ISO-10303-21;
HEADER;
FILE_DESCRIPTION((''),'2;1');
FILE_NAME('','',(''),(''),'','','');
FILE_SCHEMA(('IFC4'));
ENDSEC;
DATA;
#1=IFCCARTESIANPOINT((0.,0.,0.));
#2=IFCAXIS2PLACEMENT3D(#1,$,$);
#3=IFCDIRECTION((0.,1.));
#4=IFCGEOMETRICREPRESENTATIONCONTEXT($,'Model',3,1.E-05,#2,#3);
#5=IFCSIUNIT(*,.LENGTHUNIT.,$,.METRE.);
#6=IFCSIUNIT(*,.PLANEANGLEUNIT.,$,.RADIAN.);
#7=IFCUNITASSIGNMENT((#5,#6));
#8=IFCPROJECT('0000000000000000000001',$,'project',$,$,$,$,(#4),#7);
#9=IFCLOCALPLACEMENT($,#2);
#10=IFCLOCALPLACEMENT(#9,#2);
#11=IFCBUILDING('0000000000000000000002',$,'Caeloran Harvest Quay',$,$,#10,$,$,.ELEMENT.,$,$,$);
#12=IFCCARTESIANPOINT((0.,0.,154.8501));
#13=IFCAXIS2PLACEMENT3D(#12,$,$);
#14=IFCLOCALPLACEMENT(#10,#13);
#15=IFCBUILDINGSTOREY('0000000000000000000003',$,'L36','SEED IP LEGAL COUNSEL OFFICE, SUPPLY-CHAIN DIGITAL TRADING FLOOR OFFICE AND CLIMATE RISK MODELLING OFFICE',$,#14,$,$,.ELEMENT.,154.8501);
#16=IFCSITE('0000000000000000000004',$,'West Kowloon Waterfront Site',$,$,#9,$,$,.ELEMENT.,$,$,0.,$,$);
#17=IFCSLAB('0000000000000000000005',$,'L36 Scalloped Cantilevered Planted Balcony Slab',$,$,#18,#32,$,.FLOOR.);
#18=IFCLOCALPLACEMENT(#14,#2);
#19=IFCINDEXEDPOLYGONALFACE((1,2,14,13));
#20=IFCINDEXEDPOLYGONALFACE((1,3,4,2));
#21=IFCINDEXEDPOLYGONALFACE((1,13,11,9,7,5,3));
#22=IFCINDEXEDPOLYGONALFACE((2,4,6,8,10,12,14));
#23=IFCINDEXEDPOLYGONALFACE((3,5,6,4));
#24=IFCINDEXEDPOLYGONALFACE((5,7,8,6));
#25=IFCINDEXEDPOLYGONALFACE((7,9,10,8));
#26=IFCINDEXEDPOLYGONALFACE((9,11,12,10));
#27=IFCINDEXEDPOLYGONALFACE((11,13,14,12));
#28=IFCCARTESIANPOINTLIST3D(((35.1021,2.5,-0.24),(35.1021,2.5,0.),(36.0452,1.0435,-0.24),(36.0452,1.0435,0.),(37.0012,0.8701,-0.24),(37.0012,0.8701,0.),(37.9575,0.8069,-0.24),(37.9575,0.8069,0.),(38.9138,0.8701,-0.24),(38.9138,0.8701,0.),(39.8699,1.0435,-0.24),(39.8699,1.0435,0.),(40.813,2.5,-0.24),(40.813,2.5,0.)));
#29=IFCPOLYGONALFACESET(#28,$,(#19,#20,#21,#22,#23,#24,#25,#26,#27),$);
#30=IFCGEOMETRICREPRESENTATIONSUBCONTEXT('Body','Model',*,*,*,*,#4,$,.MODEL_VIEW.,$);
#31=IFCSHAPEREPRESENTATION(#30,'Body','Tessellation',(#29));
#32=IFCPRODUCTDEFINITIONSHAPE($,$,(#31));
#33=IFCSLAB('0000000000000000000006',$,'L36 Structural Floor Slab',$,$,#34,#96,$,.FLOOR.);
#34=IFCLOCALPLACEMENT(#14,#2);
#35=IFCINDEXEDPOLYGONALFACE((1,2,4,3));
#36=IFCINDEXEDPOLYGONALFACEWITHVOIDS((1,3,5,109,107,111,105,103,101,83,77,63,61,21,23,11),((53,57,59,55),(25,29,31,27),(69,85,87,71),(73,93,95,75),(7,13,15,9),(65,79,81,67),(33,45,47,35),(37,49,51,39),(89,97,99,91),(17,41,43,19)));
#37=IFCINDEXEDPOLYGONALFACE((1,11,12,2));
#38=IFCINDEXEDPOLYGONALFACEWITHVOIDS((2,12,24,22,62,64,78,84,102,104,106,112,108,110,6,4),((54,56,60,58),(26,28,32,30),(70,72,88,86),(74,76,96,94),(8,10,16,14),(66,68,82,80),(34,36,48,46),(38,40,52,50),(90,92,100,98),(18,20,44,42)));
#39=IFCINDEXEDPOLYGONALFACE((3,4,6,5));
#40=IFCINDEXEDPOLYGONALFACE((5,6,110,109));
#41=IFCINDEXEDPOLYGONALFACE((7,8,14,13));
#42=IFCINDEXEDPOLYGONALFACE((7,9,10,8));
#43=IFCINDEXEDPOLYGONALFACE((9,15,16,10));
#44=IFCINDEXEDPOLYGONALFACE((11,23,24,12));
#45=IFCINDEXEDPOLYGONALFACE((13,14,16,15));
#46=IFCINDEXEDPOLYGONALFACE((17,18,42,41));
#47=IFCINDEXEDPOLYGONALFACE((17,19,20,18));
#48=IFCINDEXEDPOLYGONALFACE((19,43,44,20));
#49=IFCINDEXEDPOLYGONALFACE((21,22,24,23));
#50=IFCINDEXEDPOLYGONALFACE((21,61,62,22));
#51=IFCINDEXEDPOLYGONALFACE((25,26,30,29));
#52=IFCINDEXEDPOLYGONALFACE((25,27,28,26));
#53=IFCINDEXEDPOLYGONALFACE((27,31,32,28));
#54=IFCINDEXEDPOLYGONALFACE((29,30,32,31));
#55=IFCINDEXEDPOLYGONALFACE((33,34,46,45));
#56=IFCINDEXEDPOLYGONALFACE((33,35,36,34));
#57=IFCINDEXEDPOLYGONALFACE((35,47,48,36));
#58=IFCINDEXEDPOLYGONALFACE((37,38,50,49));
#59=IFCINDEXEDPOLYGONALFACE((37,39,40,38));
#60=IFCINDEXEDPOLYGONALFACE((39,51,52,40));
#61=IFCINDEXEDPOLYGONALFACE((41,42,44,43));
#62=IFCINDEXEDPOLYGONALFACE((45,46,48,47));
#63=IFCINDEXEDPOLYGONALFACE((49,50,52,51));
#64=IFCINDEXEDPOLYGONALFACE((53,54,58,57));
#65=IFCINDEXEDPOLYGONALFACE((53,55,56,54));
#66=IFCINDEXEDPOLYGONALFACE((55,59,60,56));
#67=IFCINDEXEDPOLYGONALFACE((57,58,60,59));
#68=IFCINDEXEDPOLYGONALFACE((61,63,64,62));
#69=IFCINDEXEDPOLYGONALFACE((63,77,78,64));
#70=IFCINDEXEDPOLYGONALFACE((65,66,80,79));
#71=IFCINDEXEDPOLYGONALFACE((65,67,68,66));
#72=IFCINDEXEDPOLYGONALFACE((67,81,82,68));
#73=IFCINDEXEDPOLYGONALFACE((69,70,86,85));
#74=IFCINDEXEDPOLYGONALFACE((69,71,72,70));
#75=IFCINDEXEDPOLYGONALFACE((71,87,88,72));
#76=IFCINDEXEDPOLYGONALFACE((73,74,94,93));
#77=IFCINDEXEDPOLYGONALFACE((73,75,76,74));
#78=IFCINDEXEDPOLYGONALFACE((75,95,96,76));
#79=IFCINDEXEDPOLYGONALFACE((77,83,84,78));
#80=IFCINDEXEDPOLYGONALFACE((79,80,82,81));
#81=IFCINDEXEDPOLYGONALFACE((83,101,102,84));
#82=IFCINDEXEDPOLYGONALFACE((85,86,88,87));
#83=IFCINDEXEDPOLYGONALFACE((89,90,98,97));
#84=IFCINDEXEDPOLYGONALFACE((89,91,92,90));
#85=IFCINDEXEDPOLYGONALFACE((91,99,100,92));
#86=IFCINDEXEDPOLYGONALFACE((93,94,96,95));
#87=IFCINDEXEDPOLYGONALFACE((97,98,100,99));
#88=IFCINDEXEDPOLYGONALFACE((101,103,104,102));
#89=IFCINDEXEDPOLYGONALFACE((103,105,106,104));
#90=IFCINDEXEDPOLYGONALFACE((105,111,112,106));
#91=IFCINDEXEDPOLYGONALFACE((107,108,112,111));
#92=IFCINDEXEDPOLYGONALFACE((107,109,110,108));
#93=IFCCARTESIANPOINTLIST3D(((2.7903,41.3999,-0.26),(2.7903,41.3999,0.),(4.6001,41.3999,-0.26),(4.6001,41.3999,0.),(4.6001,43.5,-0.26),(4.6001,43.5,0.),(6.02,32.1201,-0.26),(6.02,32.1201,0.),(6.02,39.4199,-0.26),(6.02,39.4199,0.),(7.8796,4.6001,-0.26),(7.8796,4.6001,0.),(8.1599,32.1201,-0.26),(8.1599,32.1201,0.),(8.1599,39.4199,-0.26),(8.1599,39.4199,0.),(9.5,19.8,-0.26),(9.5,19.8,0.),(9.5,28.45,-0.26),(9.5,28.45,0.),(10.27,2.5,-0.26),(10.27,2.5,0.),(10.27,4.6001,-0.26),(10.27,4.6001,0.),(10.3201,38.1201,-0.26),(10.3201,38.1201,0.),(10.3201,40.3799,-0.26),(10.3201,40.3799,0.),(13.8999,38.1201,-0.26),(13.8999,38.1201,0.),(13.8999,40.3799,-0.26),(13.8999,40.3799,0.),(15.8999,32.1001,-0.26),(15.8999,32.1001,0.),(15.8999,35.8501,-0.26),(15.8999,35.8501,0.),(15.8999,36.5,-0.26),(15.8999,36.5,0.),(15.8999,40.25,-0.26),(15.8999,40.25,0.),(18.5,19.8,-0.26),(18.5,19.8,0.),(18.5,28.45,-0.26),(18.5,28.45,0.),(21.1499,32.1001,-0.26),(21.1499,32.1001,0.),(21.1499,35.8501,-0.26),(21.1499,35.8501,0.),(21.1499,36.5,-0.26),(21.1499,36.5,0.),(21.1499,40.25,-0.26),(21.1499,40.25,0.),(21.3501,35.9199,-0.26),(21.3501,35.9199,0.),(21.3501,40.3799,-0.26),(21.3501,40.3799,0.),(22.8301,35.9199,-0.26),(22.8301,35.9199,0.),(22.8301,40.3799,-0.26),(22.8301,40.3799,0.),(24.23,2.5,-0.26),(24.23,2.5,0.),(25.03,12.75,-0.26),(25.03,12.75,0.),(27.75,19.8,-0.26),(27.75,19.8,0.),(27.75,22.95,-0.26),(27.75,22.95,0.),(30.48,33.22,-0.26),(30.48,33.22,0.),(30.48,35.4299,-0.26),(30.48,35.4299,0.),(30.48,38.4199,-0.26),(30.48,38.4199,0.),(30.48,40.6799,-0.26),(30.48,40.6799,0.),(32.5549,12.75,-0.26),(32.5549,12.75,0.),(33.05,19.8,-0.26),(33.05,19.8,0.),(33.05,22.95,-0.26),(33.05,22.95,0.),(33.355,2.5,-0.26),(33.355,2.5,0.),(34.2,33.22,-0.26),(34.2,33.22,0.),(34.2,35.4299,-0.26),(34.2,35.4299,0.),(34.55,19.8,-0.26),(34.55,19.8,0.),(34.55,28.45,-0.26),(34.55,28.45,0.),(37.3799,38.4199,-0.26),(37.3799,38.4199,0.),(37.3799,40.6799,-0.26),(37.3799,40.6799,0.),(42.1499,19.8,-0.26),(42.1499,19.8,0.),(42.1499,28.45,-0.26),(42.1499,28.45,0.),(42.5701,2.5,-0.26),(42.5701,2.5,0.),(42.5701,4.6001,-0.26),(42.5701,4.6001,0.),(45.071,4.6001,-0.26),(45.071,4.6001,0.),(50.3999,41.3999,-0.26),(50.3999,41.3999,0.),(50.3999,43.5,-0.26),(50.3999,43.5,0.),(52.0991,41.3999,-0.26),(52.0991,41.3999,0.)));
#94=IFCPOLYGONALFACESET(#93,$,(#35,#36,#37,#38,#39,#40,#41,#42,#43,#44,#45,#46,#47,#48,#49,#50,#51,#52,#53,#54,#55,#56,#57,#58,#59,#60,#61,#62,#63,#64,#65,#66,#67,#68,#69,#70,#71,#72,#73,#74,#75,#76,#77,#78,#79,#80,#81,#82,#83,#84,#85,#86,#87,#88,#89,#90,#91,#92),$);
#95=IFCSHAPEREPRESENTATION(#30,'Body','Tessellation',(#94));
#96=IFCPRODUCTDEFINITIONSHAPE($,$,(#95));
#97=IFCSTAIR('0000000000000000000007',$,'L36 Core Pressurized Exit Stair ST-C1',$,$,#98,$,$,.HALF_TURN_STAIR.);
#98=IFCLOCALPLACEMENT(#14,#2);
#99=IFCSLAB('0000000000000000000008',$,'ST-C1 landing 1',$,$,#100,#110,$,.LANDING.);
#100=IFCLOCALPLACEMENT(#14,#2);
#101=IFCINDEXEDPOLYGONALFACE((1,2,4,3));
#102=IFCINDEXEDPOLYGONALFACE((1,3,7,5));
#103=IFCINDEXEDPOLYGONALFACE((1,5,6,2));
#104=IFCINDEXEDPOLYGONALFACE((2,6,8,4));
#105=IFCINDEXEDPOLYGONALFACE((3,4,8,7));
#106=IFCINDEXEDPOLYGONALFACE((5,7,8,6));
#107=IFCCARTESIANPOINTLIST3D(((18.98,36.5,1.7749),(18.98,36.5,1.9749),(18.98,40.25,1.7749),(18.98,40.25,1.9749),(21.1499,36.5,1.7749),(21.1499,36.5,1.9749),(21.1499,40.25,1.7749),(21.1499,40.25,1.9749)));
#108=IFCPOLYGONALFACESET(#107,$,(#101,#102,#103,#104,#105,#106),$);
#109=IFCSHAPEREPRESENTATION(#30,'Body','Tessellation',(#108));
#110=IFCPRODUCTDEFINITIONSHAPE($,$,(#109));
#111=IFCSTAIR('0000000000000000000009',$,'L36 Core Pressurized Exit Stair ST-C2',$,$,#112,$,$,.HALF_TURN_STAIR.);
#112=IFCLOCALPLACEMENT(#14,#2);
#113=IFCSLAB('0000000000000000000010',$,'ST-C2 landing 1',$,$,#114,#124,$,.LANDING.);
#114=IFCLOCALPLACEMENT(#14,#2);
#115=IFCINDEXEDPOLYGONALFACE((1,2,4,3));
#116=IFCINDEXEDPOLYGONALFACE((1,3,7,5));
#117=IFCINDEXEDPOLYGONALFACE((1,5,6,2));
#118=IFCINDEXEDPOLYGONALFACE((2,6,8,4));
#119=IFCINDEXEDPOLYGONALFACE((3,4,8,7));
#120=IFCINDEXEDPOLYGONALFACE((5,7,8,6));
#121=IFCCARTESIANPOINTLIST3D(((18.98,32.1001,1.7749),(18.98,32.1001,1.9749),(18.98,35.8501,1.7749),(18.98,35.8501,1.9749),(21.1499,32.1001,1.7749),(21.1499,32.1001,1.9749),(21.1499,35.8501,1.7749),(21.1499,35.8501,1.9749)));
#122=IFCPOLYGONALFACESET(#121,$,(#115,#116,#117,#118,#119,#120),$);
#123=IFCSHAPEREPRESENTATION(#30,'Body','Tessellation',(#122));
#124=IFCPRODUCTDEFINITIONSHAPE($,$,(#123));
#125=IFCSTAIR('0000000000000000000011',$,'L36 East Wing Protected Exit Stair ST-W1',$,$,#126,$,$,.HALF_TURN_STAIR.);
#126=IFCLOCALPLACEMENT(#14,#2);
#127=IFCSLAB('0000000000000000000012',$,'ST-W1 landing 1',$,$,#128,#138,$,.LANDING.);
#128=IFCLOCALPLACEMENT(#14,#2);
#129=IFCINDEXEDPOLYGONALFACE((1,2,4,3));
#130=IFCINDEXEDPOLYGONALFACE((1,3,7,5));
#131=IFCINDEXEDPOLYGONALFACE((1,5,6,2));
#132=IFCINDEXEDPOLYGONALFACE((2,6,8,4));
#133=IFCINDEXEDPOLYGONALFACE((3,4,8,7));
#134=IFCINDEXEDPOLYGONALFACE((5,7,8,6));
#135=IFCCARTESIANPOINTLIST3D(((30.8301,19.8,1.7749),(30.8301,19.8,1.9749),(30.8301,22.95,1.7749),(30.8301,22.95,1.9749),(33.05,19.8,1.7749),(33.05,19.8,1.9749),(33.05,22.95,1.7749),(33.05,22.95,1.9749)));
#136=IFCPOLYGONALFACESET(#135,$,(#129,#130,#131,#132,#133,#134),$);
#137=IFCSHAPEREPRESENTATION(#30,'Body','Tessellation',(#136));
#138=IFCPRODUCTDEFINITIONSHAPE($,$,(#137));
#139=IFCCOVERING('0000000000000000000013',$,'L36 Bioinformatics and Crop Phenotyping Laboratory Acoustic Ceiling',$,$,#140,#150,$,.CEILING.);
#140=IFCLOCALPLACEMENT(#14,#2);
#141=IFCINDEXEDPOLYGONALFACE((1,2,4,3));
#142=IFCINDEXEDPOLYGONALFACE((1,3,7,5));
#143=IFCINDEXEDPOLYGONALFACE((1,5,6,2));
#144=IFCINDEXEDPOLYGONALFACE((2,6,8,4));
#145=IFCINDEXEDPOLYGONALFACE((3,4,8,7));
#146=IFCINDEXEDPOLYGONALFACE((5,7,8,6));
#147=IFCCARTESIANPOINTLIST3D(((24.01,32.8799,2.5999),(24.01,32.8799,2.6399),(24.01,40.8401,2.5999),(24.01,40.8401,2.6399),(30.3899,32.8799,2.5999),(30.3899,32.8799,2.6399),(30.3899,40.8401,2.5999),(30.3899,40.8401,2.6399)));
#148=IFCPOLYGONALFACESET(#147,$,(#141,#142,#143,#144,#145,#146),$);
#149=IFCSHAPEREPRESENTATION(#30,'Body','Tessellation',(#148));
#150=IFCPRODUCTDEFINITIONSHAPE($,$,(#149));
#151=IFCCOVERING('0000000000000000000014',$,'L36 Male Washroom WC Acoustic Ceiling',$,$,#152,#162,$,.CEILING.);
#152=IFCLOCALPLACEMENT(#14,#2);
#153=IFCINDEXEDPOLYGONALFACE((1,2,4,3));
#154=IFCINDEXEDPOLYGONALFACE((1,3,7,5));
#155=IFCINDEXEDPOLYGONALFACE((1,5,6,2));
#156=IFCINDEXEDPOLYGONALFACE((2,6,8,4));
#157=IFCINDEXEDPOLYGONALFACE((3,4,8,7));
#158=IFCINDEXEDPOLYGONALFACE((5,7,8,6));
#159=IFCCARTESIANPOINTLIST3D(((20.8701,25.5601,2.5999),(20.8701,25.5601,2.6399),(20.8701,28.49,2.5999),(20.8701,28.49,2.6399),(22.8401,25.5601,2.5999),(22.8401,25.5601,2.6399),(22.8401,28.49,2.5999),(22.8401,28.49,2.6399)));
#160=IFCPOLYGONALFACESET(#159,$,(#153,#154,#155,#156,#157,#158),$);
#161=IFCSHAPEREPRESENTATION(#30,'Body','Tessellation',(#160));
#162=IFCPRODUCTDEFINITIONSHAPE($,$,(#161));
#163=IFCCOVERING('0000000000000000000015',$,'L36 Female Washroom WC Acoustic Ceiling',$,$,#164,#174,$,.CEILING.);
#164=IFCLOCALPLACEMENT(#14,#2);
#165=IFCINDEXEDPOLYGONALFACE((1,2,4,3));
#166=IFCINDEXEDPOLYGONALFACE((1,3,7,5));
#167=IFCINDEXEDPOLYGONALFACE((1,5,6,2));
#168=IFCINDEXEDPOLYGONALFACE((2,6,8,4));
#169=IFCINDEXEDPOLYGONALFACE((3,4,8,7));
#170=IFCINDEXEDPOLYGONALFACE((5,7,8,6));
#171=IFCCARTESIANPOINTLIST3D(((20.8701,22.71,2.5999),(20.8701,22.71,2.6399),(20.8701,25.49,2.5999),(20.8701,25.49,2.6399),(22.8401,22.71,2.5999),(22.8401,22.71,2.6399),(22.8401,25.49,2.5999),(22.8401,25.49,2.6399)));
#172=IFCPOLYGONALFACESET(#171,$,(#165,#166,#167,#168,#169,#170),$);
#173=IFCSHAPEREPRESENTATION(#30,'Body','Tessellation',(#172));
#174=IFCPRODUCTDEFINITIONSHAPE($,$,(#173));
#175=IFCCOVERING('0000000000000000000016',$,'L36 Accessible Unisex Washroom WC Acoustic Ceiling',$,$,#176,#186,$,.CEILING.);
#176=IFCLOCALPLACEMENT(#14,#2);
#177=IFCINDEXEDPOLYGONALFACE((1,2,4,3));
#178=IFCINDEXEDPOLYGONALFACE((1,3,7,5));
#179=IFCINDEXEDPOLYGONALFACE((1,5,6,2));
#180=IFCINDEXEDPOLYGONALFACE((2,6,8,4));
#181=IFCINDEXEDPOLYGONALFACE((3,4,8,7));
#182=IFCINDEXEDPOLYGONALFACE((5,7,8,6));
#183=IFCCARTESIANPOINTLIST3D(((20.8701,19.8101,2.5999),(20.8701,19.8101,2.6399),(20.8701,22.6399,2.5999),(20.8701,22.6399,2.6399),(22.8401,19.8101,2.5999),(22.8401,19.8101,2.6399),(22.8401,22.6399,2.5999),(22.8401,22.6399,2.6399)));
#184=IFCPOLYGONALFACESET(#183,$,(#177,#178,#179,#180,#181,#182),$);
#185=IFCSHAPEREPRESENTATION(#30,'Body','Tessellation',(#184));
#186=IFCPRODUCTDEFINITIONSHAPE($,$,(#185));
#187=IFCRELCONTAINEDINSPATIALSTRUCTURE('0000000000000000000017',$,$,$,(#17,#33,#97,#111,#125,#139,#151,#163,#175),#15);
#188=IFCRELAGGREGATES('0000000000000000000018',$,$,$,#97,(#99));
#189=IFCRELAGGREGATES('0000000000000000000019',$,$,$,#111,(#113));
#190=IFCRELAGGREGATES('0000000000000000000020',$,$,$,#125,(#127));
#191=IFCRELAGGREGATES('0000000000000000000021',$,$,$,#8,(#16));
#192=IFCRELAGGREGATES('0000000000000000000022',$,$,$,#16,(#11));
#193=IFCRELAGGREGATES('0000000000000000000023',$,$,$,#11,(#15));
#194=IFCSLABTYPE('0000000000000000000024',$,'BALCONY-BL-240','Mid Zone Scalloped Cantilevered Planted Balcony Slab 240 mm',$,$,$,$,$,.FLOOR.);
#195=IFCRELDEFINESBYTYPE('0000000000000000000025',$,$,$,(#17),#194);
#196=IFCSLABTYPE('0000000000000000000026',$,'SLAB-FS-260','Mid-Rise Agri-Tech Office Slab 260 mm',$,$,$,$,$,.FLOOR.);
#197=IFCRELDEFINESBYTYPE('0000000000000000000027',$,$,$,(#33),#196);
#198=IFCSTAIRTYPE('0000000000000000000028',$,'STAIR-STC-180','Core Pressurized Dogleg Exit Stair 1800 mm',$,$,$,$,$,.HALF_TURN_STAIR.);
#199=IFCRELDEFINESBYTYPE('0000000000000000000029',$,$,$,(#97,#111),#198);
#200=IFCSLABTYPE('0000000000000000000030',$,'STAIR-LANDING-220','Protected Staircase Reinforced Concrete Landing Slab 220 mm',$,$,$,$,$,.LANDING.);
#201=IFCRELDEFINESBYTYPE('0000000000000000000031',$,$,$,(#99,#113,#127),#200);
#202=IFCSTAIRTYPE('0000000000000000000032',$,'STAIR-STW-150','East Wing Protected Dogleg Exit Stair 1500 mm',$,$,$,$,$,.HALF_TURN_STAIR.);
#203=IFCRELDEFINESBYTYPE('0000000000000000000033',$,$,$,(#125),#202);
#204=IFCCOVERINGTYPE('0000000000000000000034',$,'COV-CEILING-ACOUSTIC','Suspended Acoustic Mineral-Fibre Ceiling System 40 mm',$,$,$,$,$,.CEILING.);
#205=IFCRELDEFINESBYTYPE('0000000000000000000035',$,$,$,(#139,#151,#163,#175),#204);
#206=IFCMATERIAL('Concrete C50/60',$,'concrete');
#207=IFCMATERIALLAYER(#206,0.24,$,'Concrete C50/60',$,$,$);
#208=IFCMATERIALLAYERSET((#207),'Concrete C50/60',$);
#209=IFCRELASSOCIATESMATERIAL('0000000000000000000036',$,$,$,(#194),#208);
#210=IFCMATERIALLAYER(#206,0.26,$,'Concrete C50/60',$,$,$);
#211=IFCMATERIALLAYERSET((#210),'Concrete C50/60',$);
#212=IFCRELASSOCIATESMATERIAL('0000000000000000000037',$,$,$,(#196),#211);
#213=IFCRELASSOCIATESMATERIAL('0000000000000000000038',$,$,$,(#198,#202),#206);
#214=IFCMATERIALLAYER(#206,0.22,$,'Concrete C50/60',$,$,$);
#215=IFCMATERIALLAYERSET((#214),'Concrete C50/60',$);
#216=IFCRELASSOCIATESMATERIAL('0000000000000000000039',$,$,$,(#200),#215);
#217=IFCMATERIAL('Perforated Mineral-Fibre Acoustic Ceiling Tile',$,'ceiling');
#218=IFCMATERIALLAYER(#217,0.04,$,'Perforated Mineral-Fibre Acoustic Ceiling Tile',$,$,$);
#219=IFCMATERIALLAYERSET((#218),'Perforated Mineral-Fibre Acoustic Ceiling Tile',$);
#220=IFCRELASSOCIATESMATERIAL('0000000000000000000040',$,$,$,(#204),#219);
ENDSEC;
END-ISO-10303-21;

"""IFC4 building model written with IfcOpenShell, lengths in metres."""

from ifc_helpers import new_model, si_unit, direction, frame, origin, place, context, subcontext, project, spatial, polyline, outline, extrude, material, layer, layer_set, type_object, element, aggregate, save


model = new_model("IFC4")

# Units and contexts
model_context = context("Model", 3, precision=1e-05, world=origin(), true_north=direction((0.0, 1.0)))
body_context = subcontext(model_context, "Body", "Model", "MODEL_VIEW")
ifc_project = project(units=[si_unit("LENGTHUNIT", "METRE"), si_unit("PLANEANGLEUNIT", "RADIAN")], contexts=[model_context])

# Site, building, storey
site_placement = place(None, origin())
site = spatial("IfcSite", under=ifc_project, at=site_placement, Name="West Kowloon Waterfront Site", CompositionType="ELEMENT", RefElevation=0.0)
building_placement = place(site_placement, origin())
building = spatial("IfcBuilding", under=site, at=building_placement, Name="Caeloran Harvest Quay", CompositionType="ELEMENT")
storey_placement = place(building_placement, frame((0.0, 0.0, 154.8501)))
storey = spatial("IfcBuildingStorey", under=building, at=storey_placement, Name="L36", Description="SEED IP LEGAL COUNSEL OFFICE, SUPPLY-CHAIN DIGITAL TRADING FLOOR OFFICE AND CLIMATE RISK MODELLING OFFICE", CompositionType="ELEMENT", Elevation=154.8501)

# Slabs
ifc_material_1 = material(Name="Concrete C50/60", Category="concrete")
ifc_layer_1 = layer(ifc_material_1, 0.24, Name="Concrete C50/60")
ifc_layer_set_1 = layer_set([ifc_layer_1], Name="Concrete C50/60")
slab_type_1 = type_object("IfcSlabType", Name="BALCONY-BL-240", Description="Mid Zone Scalloped Cantilevered Planted Balcony Slab 240 mm", PredefinedType="FLOOR", material=ifc_layer_set_1)
slab_1_placement = place(storey_placement, frame((0.0, 0.0, -0.24)))
element("IfcSlab", 1, at=slab_1_placement, inside=storey, type_object=slab_type_1, Name="L36 Scalloped Cantilevered Planted Balcony Slab", PredefinedType="FLOOR", context=body_context, shape_type="SweptSolid", body=[
    extrude(outline(polyline([(39.8699, 1.0435), (38.9138, 0.8701), (37.9575, 0.8069), (37.0012, 0.8701), (36.0452, 1.0435), (35.1021, 2.5), (40.813, 2.5), (39.8699, 1.0435)])), origin(), (0.0, 0.0, 1.0), 0.24),
])
ifc_layer_2 = layer(ifc_material_1, 0.26, Name="Concrete C50/60")
ifc_layer_set_2 = layer_set([ifc_layer_2], Name="Concrete C50/60")
slab_type_2 = type_object("IfcSlabType", Name="SLAB-FS-260", Description="Mid-Rise Agri-Tech Office Slab 260 mm", PredefinedType="FLOOR", material=ifc_layer_set_2)
slab_2_placement = place(storey_placement, frame((0.0, 0.0, -0.26)))
element("IfcSlab", 2, at=slab_2_placement, inside=storey, type_object=slab_type_2, Name="L36 Structural Floor Slab", PredefinedType="FLOOR", context=body_context, shape_type="SweptSolid", body=[
    extrude(outline(polyline([(10.27, 2.5), (24.23, 2.5), (25.03, 12.75), (32.5549, 12.75), (33.355, 2.5), (42.5701, 2.5), (42.5701, 4.6001), (45.071, 4.6001), (52.0991, 41.3999), (50.3999, 41.3999), (50.3999, 43.5), (4.6001, 43.5), (4.6001, 41.3999), (2.7903, 41.3999), (7.8796, 4.6001), (10.27, 4.6001), (10.27, 2.5)]), holes=[polyline([(27.75, 19.8), (27.75, 22.95), (33.05, 22.95), (33.05, 19.8), (27.75, 19.8)]), polyline([(18.5, 19.8), (9.5, 19.8), (9.5, 28.45), (18.5, 28.45), (18.5, 19.8)]), polyline([(42.1499, 19.8), (34.55, 19.8), (34.55, 28.45), (42.1499, 28.45), (42.1499, 19.8)]), polyline([(15.8999, 35.8501), (21.1499, 35.8501), (21.1499, 32.1001), (15.8999, 32.1001), (15.8999, 35.8501)]), polyline([(30.48, 33.22), (30.48, 35.4299), (34.2, 35.4299), (34.2, 33.22), (30.48, 33.22)]), polyline([(8.1599, 32.1201), (6.02, 32.1201), (6.02, 39.4199), (8.1599, 39.4199), (8.1599, 32.1201)]), polyline([(22.8301, 35.9199), (21.3501, 35.9199), (21.3501, 40.3799), (22.8301, 40.3799), (22.8301, 35.9199)]), polyline([(15.8999, 36.5), (15.8999, 40.25), (21.1499, 40.25), (21.1499, 36.5), (15.8999, 36.5)]), polyline([(10.3201, 38.1201), (10.3201, 40.3799), (13.8999, 40.3799), (13.8999, 38.1201), (10.3201, 38.1201)]), polyline([(30.48, 38.4199), (30.48, 40.6799), (37.3799, 40.6799), (37.3799, 38.4199), (30.48, 38.4199)])]), origin(), (0.0, 0.0, 1.0), 0.26),
])

# Stairs, slabs
stair_type_1 = type_object("IfcStairType", Name="STAIR-STC-180", Description="Core Pressurized Dogleg Exit Stair 1800 mm", PredefinedType="HALF_TURN_STAIR", material=ifc_material_1)
stair_1_placement = place(storey_placement, origin())
stair_1 = element("IfcStair", 3, at=stair_1_placement, inside=storey, type_object=stair_type_1, Name="L36 Core Pressurized Exit Stair ST-C1", PredefinedType="HALF_TURN_STAIR")
ifc_layer_3 = layer(ifc_material_1, 0.22, Name="Concrete C50/60")
ifc_layer_set_3 = layer_set([ifc_layer_3], Name="Concrete C50/60")
slab_type_3 = type_object("IfcSlabType", Name="STAIR-LANDING-220", Description="Protected Staircase Reinforced Concrete Landing Slab 220 mm", PredefinedType="LANDING", material=ifc_layer_set_3)
slab_3_placement = place(storey_placement, frame((0.0, 0.0, 1.7749)))
slab_3 = element("IfcSlab", 4, at=slab_3_placement, type_object=slab_type_3, Name="ST-C1 landing 1", PredefinedType="LANDING", context=body_context, shape_type="SweptSolid", body=[
    extrude(outline(polyline([(18.98, 36.5), (21.1499, 36.5), (21.1499, 40.25), (18.98, 40.25), (18.98, 36.5)])), origin(), (0.0, 0.0, 1.0), 0.2),
])
aggregate(stair_1, [slab_3])
stair_2_placement = place(storey_placement, origin())
stair_2 = element("IfcStair", 5, at=stair_2_placement, inside=storey, type_object=stair_type_1, Name="L36 Core Pressurized Exit Stair ST-C2", PredefinedType="HALF_TURN_STAIR")
slab_4_placement = place(storey_placement, frame((0.0, 0.0, 1.7749)))
slab_4 = element("IfcSlab", 6, at=slab_4_placement, type_object=slab_type_3, Name="ST-C2 landing 1", PredefinedType="LANDING", context=body_context, shape_type="SweptSolid", body=[
    extrude(outline(polyline([(18.98, 32.1001), (21.1499, 32.1001), (21.1499, 35.8501), (18.98, 35.8501), (18.98, 32.1001)])), origin(), (0.0, 0.0, 1.0), 0.2),
])
aggregate(stair_2, [slab_4])
stair_type_2 = type_object("IfcStairType", Name="STAIR-STW-150", Description="East Wing Protected Dogleg Exit Stair 1500 mm", PredefinedType="HALF_TURN_STAIR", material=ifc_material_1)
stair_3_placement = place(storey_placement, origin())
stair_3 = element("IfcStair", 7, at=stair_3_placement, inside=storey, type_object=stair_type_2, Name="L36 East Wing Protected Exit Stair ST-W1", PredefinedType="HALF_TURN_STAIR")
slab_5_placement = place(storey_placement, frame((0.0, 0.0, 1.7749)))
slab_5 = element("IfcSlab", 8, at=slab_5_placement, type_object=slab_type_3, Name="ST-W1 landing 1", PredefinedType="LANDING", context=body_context, shape_type="SweptSolid", body=[
    extrude(outline(polyline([(30.8301, 19.8), (33.05, 19.8), (33.05, 22.95), (30.8301, 22.95), (30.8301, 19.8)])), origin(), (0.0, 0.0, 1.0), 0.2),
])
aggregate(stair_3, [slab_5])

# Coverings
ifc_material_2 = material(Name="Perforated Mineral-Fibre Acoustic Ceiling Tile", Category="ceiling")
ifc_layer_4 = layer(ifc_material_2, 0.04, Name="Perforated Mineral-Fibre Acoustic Ceiling Tile")
ifc_layer_set_4 = layer_set([ifc_layer_4], Name="Perforated Mineral-Fibre Acoustic Ceiling Tile")
covering_type_1 = type_object("IfcCoveringType", Name="COV-CEILING-ACOUSTIC", Description="Suspended Acoustic Mineral-Fibre Ceiling System 40 mm", PredefinedType="CEILING", material=ifc_layer_set_4)
covering_1_placement = place(storey_placement, frame((0.0, 0.0, 2.5999)))
element("IfcCovering", 9, at=covering_1_placement, inside=storey, type_object=covering_type_1, Name="L36 Bioinformatics and Crop Phenotyping Laboratory Acoustic Ceiling", PredefinedType="CEILING", context=body_context, shape_type="SweptSolid", body=[
    extrude(outline(polyline([(30.3899, 40.8401), (30.3899, 32.8799), (24.01, 32.8799), (24.01, 40.8401), (30.3899, 40.8401)])), origin(), (0.0, 0.0, 1.0), 0.04),
])
covering_2_placement = place(storey_placement, frame((0.0, 0.0, 2.5999)))
element("IfcCovering", 10, at=covering_2_placement, inside=storey, type_object=covering_type_1, Name="L36 Male Washroom WC Acoustic Ceiling", PredefinedType="CEILING", context=body_context, shape_type="SweptSolid", body=[
    extrude(outline(polyline([(22.8401, 25.5601), (20.8701, 25.5601), (20.8701, 28.49), (22.8401, 28.49), (22.8401, 25.5601)])), origin(), (0.0, 0.0, 1.0), 0.04),
])
covering_3_placement = place(storey_placement, frame((0.0, 0.0, 2.5999)))
element("IfcCovering", 11, at=covering_3_placement, inside=storey, type_object=covering_type_1, Name="L36 Female Washroom WC Acoustic Ceiling", PredefinedType="CEILING", context=body_context, shape_type="SweptSolid", body=[
    extrude(outline(polyline([(22.8401, 22.71), (20.8701, 22.71), (20.8701, 25.49), (22.8401, 25.49), (22.8401, 22.71)])), origin(), (0.0, 0.0, 1.0), 0.04),
])
covering_4_placement = place(storey_placement, frame((0.0, 0.0, 2.5999)))
element("IfcCovering", 12, at=covering_4_placement, inside=storey, type_object=covering_type_1, Name="L36 Accessible Unisex Washroom WC Acoustic Ceiling", PredefinedType="CEILING", context=body_context, shape_type="SweptSolid", body=[
    extrude(outline(polyline([(22.8401, 19.8101), (20.8701, 19.8101), (20.8701, 22.6399), (22.8401, 22.6399), (22.8401, 19.8101)])), origin(), (0.0, 0.0, 1.0), 0.04),
])

save(model, "model.ifc")
